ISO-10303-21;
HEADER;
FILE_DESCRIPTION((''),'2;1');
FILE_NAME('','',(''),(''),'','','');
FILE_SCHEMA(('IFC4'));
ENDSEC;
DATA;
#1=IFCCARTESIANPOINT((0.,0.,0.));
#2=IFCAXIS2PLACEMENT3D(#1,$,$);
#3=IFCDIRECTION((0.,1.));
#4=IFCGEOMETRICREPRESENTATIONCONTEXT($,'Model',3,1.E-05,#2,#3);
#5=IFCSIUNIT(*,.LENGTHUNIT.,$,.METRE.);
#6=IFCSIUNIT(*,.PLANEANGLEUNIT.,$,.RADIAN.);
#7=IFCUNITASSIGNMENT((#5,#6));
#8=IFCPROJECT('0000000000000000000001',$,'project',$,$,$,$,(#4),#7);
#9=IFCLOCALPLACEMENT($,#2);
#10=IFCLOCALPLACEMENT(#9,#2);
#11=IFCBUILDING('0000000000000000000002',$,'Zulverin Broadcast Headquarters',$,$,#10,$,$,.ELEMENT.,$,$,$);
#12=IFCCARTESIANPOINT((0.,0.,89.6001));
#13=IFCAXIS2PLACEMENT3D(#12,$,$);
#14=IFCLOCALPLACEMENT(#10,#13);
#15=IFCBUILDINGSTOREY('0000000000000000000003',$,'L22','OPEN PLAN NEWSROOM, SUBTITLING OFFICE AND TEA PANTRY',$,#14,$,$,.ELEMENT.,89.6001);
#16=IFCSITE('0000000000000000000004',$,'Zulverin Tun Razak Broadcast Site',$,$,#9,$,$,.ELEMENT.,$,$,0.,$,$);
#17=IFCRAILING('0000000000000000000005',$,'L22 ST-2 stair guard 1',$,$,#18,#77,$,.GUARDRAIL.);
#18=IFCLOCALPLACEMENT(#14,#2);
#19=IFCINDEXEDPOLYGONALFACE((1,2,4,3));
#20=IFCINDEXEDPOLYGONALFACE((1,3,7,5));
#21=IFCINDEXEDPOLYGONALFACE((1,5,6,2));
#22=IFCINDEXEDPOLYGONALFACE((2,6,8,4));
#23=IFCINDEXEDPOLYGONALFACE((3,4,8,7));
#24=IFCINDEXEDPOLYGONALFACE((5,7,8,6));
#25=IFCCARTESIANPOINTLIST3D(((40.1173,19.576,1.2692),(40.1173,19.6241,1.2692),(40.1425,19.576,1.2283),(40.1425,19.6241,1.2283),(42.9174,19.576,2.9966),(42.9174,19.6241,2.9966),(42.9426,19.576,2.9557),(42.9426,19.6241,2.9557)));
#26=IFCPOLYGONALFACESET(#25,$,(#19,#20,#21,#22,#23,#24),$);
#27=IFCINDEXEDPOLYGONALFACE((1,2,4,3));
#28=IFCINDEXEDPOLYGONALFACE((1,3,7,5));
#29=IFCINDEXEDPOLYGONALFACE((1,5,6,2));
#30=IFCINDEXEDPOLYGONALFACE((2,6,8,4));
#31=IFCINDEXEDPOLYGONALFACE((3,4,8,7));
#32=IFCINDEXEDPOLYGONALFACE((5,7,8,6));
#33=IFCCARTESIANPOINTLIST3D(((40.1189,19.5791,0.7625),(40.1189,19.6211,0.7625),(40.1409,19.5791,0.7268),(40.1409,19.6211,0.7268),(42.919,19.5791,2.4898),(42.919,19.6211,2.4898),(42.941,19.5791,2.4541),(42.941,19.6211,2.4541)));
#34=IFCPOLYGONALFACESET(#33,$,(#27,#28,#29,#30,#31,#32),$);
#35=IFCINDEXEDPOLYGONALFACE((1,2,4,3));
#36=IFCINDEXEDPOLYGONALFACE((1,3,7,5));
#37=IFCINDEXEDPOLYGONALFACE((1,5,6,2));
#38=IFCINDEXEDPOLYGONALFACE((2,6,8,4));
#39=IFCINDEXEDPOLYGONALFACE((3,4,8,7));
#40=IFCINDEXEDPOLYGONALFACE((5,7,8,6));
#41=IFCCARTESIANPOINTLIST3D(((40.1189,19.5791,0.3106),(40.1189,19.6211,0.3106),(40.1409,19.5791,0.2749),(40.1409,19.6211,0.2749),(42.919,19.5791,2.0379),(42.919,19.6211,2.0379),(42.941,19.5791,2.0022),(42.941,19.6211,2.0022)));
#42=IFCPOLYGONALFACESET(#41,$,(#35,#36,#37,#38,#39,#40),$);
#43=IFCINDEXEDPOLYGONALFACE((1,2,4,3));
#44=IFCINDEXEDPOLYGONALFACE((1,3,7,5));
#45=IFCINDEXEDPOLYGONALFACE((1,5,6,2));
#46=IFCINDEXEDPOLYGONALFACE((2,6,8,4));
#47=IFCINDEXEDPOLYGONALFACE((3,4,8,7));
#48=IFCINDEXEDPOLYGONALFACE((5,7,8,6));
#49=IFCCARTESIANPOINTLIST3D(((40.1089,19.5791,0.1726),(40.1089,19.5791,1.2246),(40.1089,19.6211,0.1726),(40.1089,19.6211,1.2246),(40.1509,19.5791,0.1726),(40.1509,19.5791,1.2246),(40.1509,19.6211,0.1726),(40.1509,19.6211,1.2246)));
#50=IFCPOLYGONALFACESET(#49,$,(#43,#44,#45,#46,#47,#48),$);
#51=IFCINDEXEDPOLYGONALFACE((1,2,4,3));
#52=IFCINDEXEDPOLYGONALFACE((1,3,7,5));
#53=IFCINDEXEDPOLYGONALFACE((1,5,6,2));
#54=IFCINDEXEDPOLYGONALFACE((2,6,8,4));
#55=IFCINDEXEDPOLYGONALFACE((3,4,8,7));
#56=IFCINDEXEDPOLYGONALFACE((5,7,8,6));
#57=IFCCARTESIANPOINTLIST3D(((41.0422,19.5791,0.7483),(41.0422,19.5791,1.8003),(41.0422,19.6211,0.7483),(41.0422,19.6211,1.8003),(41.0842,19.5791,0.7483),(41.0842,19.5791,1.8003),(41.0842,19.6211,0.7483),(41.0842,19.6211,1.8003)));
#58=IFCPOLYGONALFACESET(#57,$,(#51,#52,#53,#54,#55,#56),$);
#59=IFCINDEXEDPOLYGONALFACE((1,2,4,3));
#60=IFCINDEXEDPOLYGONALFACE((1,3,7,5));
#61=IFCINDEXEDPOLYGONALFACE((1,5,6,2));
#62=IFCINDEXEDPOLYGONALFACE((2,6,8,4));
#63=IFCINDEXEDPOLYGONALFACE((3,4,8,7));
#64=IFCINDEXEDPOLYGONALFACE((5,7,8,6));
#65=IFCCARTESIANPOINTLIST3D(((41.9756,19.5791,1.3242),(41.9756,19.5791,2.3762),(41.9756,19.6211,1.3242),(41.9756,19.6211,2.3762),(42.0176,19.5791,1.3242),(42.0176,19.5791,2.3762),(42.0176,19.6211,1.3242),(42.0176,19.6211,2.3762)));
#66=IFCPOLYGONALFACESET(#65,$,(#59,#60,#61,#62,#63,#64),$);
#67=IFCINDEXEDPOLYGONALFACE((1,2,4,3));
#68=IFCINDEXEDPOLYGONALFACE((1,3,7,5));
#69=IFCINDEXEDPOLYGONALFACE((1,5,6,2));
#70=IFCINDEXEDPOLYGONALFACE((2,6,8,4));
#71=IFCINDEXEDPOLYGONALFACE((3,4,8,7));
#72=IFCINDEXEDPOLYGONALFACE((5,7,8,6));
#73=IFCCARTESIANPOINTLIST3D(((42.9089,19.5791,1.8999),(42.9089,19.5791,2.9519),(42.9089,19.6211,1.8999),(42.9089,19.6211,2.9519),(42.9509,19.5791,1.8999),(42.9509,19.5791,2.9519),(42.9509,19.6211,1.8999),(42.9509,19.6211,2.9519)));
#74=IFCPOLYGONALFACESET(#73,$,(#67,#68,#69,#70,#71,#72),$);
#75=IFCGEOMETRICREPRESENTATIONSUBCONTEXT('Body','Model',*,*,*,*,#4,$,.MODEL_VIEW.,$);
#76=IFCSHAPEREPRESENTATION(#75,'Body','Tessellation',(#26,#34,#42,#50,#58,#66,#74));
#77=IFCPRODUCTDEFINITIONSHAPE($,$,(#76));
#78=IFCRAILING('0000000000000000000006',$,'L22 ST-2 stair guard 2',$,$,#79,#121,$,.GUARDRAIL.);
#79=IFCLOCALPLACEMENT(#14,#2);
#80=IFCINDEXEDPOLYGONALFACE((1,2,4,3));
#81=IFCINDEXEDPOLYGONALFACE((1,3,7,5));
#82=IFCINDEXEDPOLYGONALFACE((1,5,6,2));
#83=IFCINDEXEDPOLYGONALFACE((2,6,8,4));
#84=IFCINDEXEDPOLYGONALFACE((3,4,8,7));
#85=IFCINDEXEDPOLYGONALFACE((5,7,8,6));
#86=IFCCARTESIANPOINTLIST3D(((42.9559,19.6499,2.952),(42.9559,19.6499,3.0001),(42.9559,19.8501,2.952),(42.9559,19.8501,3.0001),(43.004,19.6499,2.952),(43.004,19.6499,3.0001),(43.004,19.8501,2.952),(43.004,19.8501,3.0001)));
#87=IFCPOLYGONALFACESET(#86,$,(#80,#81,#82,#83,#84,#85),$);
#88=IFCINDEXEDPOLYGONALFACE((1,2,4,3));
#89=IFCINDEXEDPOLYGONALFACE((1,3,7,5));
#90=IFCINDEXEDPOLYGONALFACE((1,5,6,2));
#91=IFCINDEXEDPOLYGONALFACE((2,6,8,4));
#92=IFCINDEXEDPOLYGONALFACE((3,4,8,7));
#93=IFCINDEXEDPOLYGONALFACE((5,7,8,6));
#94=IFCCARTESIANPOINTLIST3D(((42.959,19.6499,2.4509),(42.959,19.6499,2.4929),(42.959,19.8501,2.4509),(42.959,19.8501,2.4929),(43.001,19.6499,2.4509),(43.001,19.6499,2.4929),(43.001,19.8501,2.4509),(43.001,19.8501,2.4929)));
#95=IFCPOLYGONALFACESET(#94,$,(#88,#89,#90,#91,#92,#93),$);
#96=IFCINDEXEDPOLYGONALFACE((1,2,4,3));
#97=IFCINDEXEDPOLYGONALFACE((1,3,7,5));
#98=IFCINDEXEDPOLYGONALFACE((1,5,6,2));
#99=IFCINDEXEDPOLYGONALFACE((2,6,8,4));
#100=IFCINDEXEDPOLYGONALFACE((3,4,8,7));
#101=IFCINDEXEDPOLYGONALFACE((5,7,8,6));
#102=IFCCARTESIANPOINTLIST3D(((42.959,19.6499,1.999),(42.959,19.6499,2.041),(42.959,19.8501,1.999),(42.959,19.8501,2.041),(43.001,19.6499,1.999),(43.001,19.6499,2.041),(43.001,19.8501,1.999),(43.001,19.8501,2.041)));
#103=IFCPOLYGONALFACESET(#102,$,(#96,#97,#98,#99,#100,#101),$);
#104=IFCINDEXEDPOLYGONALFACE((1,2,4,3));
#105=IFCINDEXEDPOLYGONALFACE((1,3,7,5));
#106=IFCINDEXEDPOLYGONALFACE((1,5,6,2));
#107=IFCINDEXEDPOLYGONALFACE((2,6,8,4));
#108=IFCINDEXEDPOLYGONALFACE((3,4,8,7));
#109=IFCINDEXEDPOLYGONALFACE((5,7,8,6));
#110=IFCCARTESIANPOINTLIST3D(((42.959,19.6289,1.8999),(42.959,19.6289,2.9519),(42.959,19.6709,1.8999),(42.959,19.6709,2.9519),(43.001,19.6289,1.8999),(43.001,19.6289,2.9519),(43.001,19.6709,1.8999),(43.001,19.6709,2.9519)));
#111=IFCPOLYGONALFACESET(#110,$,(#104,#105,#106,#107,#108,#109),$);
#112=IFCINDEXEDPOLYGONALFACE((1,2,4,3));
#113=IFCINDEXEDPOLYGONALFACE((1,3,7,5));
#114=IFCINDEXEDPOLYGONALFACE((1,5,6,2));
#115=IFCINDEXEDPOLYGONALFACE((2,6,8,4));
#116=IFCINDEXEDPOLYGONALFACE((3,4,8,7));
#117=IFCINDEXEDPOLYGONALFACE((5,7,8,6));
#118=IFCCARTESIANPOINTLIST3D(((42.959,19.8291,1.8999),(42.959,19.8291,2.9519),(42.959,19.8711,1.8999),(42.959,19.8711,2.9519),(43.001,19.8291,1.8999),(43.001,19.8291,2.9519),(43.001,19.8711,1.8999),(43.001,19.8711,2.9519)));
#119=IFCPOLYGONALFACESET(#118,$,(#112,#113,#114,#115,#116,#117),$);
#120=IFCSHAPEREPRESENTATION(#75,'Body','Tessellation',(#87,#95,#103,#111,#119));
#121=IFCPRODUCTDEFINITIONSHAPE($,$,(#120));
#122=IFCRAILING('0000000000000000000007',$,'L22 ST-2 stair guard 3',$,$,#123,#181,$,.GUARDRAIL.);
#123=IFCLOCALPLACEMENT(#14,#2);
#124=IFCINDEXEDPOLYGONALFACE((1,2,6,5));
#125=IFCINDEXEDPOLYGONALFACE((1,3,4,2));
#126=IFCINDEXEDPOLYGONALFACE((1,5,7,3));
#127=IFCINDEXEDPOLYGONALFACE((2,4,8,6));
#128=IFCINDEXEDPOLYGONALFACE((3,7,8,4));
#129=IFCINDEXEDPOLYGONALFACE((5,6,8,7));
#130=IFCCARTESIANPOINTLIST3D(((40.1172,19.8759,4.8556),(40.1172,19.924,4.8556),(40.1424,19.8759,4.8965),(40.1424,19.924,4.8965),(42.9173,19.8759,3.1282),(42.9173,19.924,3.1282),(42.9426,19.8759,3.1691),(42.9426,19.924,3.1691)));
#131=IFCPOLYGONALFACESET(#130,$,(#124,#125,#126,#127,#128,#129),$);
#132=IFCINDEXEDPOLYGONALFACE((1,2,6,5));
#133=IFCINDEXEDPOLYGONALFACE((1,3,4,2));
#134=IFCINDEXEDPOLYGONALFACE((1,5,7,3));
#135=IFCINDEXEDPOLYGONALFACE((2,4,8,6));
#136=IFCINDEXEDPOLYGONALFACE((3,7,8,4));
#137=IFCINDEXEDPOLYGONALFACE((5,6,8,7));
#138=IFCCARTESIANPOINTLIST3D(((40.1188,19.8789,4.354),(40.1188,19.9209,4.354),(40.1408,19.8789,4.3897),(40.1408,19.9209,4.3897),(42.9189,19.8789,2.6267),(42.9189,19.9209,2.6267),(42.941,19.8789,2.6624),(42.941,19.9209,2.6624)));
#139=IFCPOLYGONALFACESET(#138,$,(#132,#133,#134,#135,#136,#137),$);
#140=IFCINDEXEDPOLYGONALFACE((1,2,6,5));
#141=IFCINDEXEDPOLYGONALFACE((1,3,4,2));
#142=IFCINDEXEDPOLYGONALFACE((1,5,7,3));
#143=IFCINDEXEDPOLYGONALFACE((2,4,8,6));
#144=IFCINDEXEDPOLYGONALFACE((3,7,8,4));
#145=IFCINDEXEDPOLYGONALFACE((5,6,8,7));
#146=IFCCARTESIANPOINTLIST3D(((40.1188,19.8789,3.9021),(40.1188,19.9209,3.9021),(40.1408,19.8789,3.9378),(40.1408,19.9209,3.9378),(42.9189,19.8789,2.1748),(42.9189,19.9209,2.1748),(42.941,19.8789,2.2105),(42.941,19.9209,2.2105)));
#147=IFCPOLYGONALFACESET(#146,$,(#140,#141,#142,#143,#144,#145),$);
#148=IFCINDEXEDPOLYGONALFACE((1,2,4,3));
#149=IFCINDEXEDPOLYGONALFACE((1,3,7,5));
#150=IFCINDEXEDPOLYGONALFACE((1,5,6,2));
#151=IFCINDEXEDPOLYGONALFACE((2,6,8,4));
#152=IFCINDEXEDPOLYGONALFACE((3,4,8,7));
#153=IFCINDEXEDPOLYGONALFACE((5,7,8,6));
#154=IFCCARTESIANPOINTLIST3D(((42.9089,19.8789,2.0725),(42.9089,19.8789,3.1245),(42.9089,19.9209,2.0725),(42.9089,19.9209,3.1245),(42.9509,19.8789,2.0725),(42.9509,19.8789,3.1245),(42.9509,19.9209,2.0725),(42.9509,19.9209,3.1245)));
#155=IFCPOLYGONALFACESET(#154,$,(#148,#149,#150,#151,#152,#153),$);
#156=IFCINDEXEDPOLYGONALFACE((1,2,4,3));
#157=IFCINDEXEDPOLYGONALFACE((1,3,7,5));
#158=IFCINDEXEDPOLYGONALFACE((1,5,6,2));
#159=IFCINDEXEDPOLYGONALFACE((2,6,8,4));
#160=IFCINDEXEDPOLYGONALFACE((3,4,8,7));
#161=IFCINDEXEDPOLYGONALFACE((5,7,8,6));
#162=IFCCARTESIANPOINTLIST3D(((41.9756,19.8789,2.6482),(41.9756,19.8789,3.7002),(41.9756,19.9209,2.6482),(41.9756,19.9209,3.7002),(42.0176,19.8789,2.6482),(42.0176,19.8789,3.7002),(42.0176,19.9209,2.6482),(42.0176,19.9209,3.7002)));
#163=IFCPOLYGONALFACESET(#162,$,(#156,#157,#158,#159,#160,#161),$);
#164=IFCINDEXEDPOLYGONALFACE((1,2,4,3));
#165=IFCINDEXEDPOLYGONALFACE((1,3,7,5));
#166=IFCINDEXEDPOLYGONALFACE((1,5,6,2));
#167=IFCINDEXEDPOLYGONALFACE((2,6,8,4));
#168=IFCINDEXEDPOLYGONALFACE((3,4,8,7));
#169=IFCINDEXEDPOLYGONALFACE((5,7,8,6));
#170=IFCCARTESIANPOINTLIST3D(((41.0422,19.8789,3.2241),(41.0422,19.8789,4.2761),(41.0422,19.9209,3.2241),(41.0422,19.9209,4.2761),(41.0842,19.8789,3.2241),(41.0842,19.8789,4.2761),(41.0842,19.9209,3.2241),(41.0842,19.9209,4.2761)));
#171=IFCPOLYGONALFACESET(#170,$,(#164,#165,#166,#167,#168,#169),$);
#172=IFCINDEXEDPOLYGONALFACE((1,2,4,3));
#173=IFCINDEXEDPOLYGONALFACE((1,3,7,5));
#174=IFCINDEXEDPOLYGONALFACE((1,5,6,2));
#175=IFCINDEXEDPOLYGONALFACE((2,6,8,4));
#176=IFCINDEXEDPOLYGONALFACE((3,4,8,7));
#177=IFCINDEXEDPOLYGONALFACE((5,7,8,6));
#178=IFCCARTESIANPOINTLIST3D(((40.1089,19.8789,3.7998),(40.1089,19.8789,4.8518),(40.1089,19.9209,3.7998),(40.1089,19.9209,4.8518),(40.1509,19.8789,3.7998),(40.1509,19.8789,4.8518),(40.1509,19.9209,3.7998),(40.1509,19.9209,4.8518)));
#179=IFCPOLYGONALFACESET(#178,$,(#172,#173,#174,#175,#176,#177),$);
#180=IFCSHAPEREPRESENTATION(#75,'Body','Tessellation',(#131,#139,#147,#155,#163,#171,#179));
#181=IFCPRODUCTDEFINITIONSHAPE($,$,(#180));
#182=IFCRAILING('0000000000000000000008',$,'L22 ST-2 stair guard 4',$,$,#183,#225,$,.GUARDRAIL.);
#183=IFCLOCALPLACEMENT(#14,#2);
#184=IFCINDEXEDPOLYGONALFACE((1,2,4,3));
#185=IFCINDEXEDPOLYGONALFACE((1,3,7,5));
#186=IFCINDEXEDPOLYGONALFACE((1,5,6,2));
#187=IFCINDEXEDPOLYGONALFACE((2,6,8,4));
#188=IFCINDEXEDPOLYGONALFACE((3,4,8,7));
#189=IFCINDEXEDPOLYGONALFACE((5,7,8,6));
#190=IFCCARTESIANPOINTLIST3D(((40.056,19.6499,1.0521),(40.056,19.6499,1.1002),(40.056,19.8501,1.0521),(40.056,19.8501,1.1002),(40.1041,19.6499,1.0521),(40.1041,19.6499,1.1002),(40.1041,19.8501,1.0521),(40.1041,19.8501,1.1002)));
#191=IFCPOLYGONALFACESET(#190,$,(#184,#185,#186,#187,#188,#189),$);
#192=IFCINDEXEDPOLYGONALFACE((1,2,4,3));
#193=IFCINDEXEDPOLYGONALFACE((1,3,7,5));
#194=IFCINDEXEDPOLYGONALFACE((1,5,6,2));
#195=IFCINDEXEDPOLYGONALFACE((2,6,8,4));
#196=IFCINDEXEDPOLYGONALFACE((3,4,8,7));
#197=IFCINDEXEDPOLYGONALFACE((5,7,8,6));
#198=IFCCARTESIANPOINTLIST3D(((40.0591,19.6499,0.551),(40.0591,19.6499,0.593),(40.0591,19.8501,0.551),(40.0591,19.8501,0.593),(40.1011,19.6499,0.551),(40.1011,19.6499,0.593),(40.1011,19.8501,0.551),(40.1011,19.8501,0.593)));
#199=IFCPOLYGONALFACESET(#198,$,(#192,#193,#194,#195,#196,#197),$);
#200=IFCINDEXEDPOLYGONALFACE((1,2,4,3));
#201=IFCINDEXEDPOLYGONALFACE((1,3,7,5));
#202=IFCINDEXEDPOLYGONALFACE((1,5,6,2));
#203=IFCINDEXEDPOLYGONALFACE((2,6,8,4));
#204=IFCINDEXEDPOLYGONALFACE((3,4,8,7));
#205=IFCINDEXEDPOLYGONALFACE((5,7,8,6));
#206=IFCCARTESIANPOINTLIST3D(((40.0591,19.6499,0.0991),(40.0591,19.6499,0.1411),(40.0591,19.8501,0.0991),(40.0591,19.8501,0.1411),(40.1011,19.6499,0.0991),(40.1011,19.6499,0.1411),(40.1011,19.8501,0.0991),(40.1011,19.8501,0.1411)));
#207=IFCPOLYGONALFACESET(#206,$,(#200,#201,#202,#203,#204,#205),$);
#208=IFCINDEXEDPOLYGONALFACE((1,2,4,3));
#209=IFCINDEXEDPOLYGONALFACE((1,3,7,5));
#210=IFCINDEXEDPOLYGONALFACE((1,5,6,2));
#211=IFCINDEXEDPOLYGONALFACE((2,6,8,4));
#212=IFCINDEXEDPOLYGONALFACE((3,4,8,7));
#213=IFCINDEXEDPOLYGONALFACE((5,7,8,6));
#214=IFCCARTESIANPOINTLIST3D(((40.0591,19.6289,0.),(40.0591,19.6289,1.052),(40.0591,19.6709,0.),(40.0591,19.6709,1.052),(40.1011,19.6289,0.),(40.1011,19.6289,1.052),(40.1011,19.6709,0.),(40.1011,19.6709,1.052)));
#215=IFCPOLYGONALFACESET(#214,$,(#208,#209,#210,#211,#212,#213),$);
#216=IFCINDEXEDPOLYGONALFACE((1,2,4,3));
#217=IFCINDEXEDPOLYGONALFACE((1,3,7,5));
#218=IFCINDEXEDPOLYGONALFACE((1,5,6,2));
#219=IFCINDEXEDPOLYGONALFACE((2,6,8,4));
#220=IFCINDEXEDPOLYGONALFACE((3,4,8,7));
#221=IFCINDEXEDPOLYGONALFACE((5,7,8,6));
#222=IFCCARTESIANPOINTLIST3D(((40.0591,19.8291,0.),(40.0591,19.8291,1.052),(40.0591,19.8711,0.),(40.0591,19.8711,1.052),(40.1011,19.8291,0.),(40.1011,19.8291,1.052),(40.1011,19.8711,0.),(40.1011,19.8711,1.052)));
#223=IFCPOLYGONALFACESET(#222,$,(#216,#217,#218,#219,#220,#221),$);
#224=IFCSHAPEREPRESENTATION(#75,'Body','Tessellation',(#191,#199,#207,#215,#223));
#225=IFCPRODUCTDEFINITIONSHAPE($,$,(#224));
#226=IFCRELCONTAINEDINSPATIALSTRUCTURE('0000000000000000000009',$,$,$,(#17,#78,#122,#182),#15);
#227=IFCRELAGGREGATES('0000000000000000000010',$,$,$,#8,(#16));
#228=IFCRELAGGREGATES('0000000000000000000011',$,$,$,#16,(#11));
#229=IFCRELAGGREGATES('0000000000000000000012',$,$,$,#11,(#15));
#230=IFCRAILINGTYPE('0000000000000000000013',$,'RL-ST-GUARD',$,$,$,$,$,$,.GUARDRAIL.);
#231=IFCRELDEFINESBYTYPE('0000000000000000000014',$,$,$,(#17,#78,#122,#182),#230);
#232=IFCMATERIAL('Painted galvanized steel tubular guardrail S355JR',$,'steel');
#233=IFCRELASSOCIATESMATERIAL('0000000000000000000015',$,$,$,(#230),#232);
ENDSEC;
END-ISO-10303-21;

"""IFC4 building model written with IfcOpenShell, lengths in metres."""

from ifc_helpers import new_model, si_unit, direction, frame, origin, origin_2d, place, context, subcontext, project, spatial, rectangle, extrude, material, type_object, element, save


model = new_model("IFC4")

# Units and contexts
model_context = context("Model", 3, precision=1e-05, world=origin(), true_north=direction((0.0, 1.0)))
body_context = subcontext(model_context, "Body", "Model", "MODEL_VIEW")
ifc_project = project(units=[si_unit("LENGTHUNIT", "METRE"), si_unit("PLANEANGLEUNIT", "RADIAN")], contexts=[model_context])

# Site, building, storey
site_placement = place(None, origin())
site = spatial("IfcSite", under=ifc_project, at=site_placement, Name="Zulverin Tun Razak Broadcast Site", CompositionType="ELEMENT", RefElevation=0.0)
building_placement = place(site_placement, origin())
building = spatial("IfcBuilding", under=site, at=building_placement, Name="Zulverin Broadcast Headquarters", CompositionType="ELEMENT")
storey_placement = place(building_placement, frame((0.0, 0.0, 89.6001)))
storey = spatial("IfcBuildingStorey", under=building, at=storey_placement, Name="L22", Description="OPEN PLAN NEWSROOM, SUBTITLING OFFICE AND TEA PANTRY", CompositionType="ELEMENT", Elevation=89.6001)

# Railings
ifc_material_1 = material(Name="Painted galvanized steel tubular guardrail S355JR", Category="steel")
railing_type_1 = type_object("IfcRailingType", Name="RL-ST-GUARD", PredefinedType="GUARDRAIL", material=ifc_material_1)
railing_1_placement = place(storey_placement, frame((40.1299, 19.6001, 0.1726)))
element("IfcRailing", 1, at=railing_1_placement, inside=storey, type_object=railing_type_1, Name="L22 ST-2 stair guard 1", PredefinedType="GUARDRAIL", context=body_context, shape_type="SweptSolid", body=[
    extrude(rectangle(XDim=0.0481, YDim=0.0481, at=origin_2d()), frame((0.0, 0.0, 1.0762), z_axis=(0.85109, 0.0, 0.52502), x_axis=(0.0, 1.0, 0.0)), (0.0, 0.0, 1.0), 3.29),
    extrude(rectangle(XDim=0.042, YDim=0.042, at=origin_2d()), frame((0.0, 0.0, 0.572), z_axis=(0.85109, 0.0, 0.52502), x_axis=(0.0, 1.0, 0.0)), (0.0, 0.0, 1.0), 3.29),
    extrude(rectangle(XDim=0.042, YDim=0.042, at=origin_2d()), frame((0.0, 0.0, 0.1201), z_axis=(0.85109, 0.0, 0.52502), x_axis=(0.0, 1.0, 0.0)), (0.0, 0.0, 1.0), 3.29),
    extrude(rectangle(XDim=0.042, YDim=0.042, at=origin_2d()), origin(), (0.0, 0.0, 1.0), 1.052),
    extrude(rectangle(XDim=0.042, YDim=0.042, at=origin_2d()), frame((0.9333, 0.0, 0.5757)), (0.0, 0.0, 1.0), 1.052),
    extrude(rectangle(XDim=0.042, YDim=0.042, at=origin_2d()), frame((1.8667, 0.0, 1.1516)), (0.0, 0.0, 1.0), 1.052),
    extrude(rectangle(XDim=0.042, YDim=0.042, at=origin_2d()), frame((2.8, 0.0, 1.7273)), (0.0, 0.0, 1.0), 1.052),
])
railing_2_placement = place(storey_placement, frame((42.98, 19.6499, 1.8999)))
element("IfcRailing", 2, at=railing_2_placement, inside=storey, type_object=railing_type_1, Name="L22 ST-2 stair guard 2", PredefinedType="GUARDRAIL", context=body_context, shape_type="SweptSolid", body=[
    extrude(rectangle(XDim=0.0481, YDim=0.0481, at=origin_2d()), frame((0.0, 0.0, 1.0762), z_axis=(0.0, 1.0, 0.0), x_axis=(-1.0, 0.0, 0.0)), (0.0, 0.0, 1.0), 0.2002),
    extrude(rectangle(XDim=0.042, YDim=0.042, at=origin_2d()), frame((0.0, 0.0, 0.572), z_axis=(0.0, 1.0, 0.0), x_axis=(-1.0, 0.0, 0.0)), (0.0, 0.0, 1.0), 0.2002),
    extrude(rectangle(XDim=0.042, YDim=0.042, at=origin_2d()), frame((0.0, 0.0, 0.1201), z_axis=(0.0, 1.0, 0.0), x_axis=(-1.0, 0.0, 0.0)), (0.0, 0.0, 1.0), 0.2002),
    extrude(rectangle(XDim=0.042, YDim=0.042, at=origin_2d()), origin(), (0.0, 0.0, 1.0), 1.052),
    extrude(rectangle(XDim=0.042, YDim=0.042, at=origin_2d()), frame((0.0, 0.2002, 0.0)), (0.0, 0.0, 1.0), 1.052),
])
railing_3_placement = place(storey_placement, frame((42.9299, 19.8999, 2.0725)))
element("IfcRailing", 3, at=railing_3_placement, inside=storey, type_object=railing_type_1, Name="L22 ST-2 stair guard 3", PredefinedType="GUARDRAIL", context=body_context, shape_type="SweptSolid", body=[
    extrude(rectangle(XDim=0.0481, YDim=0.0481, at=origin_2d()), frame((0.0, 0.0, 1.0762), z_axis=(-0.85109, 0.0, 0.52502), x_axis=(0.0, -1.0, 0.0)), (0.0, 0.0, 1.0), 3.29),
    extrude(rectangle(XDim=0.042, YDim=0.042, at=origin_2d()), frame((0.0, 0.0, 0.572), z_axis=(-0.85109, 0.0, 0.52502), x_axis=(0.0, -1.0, 0.0)), (0.0, 0.0, 1.0), 3.29),
    extrude(rectangle(XDim=0.042, YDim=0.042, at=origin_2d()), frame((0.0, 0.0, 0.1201), z_axis=(-0.85109, 0.0, 0.52502), x_axis=(0.0, -1.0, 0.0)), (0.0, 0.0, 1.0), 3.29),
    extrude(rectangle(XDim=0.042, YDim=0.042, at=origin_2d()), origin(), (0.0, 0.0, 1.0), 1.052),
    extrude(rectangle(XDim=0.042, YDim=0.042, at=origin_2d()), frame((-0.9333, 0.0, 0.5757)), (0.0, 0.0, 1.0), 1.052),
    extrude(rectangle(XDim=0.042, YDim=0.042, at=origin_2d()), frame((-1.8667, 0.0, 1.1516)), (0.0, 0.0, 1.0), 1.052),
    extrude(rectangle(XDim=0.042, YDim=0.042, at=origin_2d()), frame((-2.8, 0.0, 1.7273)), (0.0, 0.0, 1.0), 1.052),
])
railing_4_placement = place(storey_placement, frame((40.0801, 19.6499, 0.0)))
element("IfcRailing", 4, at=railing_4_placement, inside=storey, type_object=railing_type_1, Name="L22 ST-2 stair guard 4", PredefinedType="GUARDRAIL", context=body_context, shape_type="SweptSolid", body=[
    extrude(rectangle(XDim=0.0481, YDim=0.0481, at=origin_2d()), frame((0.0, 0.0, 1.0762), z_axis=(0.0, 1.0, 0.0), x_axis=(-1.0, 0.0, 0.0)), (0.0, 0.0, 1.0), 0.2002),
    extrude(rectangle(XDim=0.042, YDim=0.042, at=origin_2d()), frame((0.0, 0.0, 0.572), z_axis=(0.0, 1.0, 0.0), x_axis=(-1.0, 0.0, 0.0)), (0.0, 0.0, 1.0), 0.2002),
    extrude(rectangle(XDim=0.042, YDim=0.042, at=origin_2d()), frame((0.0, 0.0, 0.1201), z_axis=(0.0, 1.0, 0.0), x_axis=(-1.0, 0.0, 0.0)), (0.0, 0.0, 1.0), 0.2002),
    extrude(rectangle(XDim=0.042, YDim=0.042, at=origin_2d()), origin(), (0.0, 0.0, 1.0), 1.052),
    extrude(rectangle(XDim=0.042, YDim=0.042, at=origin_2d()), frame((0.0, 0.2002, 0.0)), (0.0, 0.0, 1.0), 1.052),
])

save(model, "model.ifc")
